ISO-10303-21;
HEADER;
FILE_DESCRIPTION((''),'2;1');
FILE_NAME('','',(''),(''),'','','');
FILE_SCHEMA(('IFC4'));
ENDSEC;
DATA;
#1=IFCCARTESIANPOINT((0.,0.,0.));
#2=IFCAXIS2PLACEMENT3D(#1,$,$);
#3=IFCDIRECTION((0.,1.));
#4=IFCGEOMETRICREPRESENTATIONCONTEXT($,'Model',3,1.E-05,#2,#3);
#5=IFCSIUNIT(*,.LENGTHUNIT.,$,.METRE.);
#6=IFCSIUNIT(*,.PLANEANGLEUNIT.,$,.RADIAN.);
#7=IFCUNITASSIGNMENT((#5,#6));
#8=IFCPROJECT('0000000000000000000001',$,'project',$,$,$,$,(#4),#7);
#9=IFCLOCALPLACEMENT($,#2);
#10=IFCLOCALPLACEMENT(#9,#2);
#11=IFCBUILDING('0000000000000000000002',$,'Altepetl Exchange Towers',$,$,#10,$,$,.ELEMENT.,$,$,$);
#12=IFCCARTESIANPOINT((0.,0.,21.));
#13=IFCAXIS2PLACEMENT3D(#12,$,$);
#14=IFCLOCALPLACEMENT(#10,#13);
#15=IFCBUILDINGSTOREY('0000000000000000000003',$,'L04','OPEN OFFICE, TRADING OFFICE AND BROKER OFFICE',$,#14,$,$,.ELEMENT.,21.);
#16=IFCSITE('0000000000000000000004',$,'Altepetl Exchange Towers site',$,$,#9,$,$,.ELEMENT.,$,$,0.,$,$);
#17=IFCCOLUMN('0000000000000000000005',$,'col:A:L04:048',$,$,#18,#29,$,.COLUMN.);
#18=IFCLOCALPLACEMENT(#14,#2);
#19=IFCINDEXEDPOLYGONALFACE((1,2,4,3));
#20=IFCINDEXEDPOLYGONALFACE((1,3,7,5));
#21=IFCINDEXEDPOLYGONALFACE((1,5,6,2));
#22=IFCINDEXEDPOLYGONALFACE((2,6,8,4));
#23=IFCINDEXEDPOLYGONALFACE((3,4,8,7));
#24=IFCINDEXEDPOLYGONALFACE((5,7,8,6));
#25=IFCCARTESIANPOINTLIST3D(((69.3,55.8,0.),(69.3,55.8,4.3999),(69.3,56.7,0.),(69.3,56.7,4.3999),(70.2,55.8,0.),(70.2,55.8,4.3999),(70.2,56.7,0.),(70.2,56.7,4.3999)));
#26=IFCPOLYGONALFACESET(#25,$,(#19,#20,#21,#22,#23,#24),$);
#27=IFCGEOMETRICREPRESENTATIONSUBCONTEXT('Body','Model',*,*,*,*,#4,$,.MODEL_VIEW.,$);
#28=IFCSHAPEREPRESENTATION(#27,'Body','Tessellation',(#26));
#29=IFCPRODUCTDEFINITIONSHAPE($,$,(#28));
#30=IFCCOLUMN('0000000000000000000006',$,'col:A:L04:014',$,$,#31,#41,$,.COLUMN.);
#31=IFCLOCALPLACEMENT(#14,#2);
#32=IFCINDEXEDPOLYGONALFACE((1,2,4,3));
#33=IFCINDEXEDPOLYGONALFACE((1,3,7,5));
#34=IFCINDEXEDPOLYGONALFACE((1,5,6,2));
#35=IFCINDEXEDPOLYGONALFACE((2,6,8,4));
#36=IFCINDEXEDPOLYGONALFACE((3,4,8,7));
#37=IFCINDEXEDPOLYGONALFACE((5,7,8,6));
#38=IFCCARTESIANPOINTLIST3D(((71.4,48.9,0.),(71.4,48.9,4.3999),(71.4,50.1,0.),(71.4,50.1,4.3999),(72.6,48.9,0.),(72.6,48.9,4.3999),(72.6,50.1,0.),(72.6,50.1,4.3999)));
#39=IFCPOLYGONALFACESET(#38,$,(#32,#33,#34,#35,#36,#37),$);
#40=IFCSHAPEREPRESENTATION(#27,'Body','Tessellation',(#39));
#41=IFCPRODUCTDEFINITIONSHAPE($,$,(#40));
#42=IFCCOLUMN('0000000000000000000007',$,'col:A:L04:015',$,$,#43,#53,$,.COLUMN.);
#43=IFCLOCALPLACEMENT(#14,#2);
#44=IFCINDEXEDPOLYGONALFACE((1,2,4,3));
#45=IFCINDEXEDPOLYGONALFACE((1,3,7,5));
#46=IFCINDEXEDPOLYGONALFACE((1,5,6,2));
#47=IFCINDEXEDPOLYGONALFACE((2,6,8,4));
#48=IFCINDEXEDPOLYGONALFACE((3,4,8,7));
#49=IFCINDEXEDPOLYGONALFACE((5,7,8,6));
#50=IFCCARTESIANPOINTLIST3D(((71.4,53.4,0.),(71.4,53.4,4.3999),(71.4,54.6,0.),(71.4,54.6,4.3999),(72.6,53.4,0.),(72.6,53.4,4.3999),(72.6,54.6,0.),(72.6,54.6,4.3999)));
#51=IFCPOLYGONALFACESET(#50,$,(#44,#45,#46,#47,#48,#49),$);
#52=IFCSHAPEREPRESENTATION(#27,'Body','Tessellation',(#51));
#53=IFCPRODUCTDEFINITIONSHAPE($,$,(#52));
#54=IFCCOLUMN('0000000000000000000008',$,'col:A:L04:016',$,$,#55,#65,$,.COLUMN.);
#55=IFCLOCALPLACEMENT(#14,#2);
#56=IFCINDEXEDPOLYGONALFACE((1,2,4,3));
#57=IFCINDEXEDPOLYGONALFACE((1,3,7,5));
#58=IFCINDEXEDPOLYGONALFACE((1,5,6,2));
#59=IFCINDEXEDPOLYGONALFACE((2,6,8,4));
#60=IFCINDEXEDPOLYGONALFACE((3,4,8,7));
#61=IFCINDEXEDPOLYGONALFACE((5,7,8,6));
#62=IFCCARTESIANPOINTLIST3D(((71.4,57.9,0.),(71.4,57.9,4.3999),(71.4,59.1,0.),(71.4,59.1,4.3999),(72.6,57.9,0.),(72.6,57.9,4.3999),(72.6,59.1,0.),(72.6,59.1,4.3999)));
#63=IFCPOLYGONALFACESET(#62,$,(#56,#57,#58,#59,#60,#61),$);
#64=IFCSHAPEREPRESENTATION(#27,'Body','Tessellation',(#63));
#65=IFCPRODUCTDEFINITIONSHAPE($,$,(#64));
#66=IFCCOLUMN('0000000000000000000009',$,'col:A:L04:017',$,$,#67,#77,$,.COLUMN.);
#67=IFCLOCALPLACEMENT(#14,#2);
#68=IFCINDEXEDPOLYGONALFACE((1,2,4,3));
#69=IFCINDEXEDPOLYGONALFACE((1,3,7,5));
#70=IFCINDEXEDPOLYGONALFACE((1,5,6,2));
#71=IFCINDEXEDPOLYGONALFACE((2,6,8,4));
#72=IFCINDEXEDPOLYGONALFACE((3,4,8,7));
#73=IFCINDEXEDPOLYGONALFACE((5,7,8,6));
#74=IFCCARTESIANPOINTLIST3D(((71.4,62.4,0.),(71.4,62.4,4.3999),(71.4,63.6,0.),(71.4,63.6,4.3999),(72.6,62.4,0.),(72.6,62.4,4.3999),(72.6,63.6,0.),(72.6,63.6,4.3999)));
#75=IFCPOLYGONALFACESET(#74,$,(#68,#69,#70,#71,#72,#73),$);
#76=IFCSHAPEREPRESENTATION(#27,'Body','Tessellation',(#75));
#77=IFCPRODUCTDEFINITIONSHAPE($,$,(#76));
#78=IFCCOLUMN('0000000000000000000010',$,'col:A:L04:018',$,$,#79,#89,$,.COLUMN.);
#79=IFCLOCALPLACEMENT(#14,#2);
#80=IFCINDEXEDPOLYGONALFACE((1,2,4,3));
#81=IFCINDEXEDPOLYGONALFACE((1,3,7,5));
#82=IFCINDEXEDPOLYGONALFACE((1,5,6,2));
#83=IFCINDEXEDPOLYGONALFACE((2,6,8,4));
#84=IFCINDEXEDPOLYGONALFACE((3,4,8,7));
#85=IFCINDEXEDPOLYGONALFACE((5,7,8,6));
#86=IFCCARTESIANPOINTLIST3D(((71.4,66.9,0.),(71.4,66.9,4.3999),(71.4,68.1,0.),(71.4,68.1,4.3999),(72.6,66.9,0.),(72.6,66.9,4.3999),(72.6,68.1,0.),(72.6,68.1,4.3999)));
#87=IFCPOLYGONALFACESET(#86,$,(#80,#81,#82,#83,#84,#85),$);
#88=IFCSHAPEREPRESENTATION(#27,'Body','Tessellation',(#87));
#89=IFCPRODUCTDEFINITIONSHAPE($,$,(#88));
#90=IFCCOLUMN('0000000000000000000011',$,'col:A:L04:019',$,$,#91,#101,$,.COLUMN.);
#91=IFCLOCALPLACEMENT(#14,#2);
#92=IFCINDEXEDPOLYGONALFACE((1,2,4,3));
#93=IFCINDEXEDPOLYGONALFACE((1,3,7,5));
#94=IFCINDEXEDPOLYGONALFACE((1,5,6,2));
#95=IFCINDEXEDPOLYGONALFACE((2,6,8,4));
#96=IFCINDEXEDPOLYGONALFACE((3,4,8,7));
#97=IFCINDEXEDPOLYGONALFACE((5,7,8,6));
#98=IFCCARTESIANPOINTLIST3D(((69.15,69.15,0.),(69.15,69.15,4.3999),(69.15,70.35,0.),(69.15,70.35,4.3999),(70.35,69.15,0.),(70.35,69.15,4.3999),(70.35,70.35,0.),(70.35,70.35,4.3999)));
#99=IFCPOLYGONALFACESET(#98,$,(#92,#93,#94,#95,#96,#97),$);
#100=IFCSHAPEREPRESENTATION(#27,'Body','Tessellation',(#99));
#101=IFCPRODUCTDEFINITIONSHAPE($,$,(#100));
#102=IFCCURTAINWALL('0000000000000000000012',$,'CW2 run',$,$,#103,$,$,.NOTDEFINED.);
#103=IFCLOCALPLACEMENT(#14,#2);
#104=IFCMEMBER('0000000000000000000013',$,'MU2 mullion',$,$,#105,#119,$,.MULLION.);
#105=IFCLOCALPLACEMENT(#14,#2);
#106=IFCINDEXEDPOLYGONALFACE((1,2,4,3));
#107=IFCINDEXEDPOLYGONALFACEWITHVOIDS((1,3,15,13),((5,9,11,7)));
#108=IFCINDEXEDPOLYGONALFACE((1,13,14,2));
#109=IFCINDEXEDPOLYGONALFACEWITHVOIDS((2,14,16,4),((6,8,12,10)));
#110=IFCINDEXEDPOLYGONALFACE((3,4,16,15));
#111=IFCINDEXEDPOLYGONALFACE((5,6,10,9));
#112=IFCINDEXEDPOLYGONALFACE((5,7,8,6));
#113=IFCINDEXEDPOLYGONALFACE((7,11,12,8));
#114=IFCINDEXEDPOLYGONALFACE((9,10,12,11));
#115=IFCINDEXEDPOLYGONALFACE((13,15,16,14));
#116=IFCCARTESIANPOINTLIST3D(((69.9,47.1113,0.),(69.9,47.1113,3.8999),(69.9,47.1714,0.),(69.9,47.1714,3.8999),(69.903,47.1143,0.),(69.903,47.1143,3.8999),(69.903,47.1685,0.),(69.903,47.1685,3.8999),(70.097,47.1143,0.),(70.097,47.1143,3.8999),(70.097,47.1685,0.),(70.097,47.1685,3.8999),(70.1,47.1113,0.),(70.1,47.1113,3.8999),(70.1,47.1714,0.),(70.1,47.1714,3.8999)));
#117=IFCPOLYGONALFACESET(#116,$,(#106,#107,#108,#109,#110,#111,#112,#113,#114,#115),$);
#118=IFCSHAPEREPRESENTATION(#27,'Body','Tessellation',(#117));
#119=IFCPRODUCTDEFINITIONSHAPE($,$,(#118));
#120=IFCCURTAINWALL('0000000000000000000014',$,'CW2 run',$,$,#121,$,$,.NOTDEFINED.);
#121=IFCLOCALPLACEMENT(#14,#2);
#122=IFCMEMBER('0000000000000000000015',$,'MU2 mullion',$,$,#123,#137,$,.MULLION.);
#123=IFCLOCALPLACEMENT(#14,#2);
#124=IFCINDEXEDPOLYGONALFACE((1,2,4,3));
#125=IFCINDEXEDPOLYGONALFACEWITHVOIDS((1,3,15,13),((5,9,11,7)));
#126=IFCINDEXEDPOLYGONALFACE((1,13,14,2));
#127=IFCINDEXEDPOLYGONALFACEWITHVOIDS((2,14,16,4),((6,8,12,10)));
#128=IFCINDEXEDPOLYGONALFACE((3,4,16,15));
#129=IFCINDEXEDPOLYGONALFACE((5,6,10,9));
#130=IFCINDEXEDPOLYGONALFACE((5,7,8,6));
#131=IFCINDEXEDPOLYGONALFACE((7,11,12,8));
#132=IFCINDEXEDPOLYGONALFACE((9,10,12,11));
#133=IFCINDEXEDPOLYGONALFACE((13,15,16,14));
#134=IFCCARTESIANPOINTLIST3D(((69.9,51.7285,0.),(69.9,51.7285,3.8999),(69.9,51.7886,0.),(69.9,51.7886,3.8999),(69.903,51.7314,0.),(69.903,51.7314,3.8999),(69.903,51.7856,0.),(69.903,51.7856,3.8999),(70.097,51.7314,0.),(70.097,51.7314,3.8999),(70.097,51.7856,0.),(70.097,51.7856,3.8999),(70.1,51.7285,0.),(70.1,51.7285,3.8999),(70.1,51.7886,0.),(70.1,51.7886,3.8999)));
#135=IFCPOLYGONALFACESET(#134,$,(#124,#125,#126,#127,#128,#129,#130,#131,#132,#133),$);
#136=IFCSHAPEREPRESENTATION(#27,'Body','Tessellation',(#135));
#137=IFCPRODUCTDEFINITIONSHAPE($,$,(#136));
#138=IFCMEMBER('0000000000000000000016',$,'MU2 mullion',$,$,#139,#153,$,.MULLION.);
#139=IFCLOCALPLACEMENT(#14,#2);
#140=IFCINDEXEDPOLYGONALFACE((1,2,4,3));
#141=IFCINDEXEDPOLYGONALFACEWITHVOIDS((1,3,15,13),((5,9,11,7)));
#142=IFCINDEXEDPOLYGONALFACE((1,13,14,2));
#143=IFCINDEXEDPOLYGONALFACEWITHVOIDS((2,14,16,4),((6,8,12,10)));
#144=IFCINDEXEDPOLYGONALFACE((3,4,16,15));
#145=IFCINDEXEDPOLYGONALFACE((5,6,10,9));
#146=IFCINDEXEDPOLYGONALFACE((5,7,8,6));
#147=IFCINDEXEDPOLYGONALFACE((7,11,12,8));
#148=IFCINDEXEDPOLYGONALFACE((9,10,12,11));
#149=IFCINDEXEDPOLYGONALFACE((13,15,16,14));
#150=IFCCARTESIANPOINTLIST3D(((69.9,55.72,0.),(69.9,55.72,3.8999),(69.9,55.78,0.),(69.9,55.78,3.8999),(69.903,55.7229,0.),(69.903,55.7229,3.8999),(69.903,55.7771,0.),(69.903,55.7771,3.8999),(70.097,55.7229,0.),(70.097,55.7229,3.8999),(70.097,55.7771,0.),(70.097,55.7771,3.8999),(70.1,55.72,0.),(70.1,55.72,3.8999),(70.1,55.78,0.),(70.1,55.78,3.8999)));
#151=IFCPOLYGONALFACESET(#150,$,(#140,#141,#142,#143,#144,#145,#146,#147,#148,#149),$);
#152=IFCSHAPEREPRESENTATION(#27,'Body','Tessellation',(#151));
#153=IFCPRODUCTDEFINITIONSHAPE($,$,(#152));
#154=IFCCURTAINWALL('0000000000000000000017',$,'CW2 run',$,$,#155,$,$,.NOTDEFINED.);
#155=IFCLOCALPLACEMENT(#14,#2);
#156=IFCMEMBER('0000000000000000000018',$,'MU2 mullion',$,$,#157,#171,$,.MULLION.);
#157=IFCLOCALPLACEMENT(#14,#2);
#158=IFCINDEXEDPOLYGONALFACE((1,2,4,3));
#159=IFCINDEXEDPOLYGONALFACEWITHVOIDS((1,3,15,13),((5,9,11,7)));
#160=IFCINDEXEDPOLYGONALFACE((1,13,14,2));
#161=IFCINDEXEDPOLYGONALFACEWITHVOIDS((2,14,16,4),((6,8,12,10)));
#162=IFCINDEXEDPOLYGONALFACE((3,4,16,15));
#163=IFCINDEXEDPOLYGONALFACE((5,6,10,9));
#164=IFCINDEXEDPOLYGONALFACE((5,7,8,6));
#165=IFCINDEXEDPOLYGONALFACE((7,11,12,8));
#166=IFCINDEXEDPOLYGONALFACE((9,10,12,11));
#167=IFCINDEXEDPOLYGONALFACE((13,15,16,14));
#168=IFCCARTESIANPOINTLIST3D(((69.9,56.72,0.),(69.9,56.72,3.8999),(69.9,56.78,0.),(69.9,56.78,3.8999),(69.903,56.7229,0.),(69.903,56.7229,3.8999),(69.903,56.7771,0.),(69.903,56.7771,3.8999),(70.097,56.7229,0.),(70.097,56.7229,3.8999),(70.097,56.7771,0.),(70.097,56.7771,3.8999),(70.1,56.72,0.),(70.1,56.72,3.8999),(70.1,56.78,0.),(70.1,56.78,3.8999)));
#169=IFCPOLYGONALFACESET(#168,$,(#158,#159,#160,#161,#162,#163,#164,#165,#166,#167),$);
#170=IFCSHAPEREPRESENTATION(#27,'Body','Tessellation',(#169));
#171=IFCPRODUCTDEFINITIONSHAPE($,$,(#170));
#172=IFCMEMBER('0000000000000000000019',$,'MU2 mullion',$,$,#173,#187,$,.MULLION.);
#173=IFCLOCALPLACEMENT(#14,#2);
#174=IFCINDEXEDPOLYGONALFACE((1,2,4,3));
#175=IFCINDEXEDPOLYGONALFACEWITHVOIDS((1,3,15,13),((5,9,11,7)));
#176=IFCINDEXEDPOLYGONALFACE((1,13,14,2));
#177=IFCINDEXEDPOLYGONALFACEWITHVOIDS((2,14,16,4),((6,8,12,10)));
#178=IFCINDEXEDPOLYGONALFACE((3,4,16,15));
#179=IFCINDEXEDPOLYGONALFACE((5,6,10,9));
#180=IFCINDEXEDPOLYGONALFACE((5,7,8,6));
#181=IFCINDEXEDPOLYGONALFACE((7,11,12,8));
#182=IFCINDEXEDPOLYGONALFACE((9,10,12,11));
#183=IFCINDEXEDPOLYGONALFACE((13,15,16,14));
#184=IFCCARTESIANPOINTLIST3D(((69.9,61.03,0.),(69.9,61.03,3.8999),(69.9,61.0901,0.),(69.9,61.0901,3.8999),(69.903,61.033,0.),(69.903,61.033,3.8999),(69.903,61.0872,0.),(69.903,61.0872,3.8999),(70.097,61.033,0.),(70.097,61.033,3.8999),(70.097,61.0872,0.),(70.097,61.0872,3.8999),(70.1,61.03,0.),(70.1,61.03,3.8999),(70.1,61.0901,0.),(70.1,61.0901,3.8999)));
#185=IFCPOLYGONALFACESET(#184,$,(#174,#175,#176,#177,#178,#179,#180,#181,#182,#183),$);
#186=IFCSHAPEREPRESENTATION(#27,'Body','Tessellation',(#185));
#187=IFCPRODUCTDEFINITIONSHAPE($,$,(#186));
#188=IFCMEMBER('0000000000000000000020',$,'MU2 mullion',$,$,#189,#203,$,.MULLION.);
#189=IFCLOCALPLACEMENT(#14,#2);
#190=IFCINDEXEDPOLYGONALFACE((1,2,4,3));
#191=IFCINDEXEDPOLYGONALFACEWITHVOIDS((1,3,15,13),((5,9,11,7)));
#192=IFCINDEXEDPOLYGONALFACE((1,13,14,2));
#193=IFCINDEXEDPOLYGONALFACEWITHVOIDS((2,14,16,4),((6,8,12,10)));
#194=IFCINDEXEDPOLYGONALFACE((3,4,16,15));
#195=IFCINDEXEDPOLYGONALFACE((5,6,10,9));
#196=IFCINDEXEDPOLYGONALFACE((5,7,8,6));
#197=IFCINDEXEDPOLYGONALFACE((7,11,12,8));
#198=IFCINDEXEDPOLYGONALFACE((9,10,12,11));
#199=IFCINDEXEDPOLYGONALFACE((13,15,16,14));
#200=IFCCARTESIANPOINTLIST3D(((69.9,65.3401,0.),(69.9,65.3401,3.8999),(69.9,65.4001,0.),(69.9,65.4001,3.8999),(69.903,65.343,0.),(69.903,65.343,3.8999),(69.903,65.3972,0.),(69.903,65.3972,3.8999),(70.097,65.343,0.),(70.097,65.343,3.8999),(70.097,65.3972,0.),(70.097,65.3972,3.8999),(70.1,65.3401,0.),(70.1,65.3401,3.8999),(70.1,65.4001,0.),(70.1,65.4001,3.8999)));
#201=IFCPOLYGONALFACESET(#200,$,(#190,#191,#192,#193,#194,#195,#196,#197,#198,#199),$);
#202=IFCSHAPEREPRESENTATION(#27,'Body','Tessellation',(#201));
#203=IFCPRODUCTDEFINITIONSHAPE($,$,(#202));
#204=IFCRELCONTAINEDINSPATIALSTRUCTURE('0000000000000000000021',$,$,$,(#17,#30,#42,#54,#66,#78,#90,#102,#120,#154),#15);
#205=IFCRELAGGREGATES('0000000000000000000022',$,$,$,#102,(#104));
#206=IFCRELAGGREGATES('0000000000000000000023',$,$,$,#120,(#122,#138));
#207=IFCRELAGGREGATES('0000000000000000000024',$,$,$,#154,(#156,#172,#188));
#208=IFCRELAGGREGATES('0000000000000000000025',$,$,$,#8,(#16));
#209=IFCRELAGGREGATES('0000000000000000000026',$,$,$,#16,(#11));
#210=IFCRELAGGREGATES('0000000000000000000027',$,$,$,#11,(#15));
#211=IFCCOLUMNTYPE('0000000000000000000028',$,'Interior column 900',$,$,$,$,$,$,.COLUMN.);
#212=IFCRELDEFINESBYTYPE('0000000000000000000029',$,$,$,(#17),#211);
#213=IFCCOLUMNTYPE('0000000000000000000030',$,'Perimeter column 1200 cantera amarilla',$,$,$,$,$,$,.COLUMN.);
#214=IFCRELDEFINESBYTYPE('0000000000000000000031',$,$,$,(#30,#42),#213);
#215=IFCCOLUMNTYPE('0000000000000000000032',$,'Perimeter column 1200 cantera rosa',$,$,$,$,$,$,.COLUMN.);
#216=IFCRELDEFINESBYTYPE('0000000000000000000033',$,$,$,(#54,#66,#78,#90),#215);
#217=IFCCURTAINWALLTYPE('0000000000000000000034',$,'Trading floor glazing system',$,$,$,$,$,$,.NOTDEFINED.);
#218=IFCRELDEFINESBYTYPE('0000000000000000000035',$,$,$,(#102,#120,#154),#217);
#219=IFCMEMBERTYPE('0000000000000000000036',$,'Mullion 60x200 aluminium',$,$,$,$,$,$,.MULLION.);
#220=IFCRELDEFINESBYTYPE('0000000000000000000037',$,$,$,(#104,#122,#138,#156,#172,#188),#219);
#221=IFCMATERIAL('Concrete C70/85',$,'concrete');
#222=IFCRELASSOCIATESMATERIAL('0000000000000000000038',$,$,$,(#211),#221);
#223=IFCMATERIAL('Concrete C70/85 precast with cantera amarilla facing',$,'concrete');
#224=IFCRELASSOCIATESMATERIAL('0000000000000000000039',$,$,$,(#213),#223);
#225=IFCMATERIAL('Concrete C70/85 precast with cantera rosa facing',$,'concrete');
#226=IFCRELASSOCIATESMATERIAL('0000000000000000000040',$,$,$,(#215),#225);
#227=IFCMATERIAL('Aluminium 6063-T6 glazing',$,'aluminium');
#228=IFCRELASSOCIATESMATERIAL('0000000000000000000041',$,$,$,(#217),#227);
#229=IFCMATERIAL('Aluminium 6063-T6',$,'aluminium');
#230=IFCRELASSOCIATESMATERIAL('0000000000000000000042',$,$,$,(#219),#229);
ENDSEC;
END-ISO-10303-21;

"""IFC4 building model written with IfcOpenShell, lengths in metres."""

from ifc_helpers import new_model, si_unit, direction, frame, origin, origin_2d, place, context, subcontext, project, spatial, rectangle, hollow_rectangle, extrude, material, material_profile, profile_set, type_object, element, aggregate, save


model = new_model("IFC4")

# Units and contexts
model_context = context("Model", 3, precision=1e-05, world=origin(), true_north=direction((0.0, 1.0)))
body_context = subcontext(model_context, "Body", "Model", "MODEL_VIEW")
ifc_project = project(units=[si_unit("LENGTHUNIT", "METRE"), si_unit("PLANEANGLEUNIT", "RADIAN")], contexts=[model_context])

# Site, building, storey
site_placement = place(None, origin())
site = spatial("IfcSite", under=ifc_project, at=site_placement, Name="Altepetl Exchange Towers site", CompositionType="ELEMENT", RefElevation=0.0)
building_placement = place(site_placement, origin())
building = spatial("IfcBuilding", under=site, at=building_placement, Name="Altepetl Exchange Towers", CompositionType="ELEMENT")
storey_placement = place(building_placement, frame((0.0, 0.0, 21.0)))
storey = spatial("IfcBuildingStorey", under=building, at=storey_placement, Name="L04", Description="OPEN OFFICE, TRADING OFFICE AND BROKER OFFICE", CompositionType="ELEMENT", Elevation=21.0)

# Columns
ifc_material_1 = material(Name="Concrete C70/85", Category="concrete")
ifc_material_profile_1 = material_profile(ifc_material_1, rectangle(XDim=0.8999, YDim=0.8999, at=origin_2d()), Name="900 x 900")
ifc_profile_set_1 = profile_set([ifc_material_profile_1], Name="Concrete C70/85")
column_type_1 = type_object("IfcColumnType", Name="Interior column 900", PredefinedType="COLUMN", material=ifc_profile_set_1)
column_placement = place(storey_placement, frame((69.75, 56.25, 0.0)))
element("IfcColumn", 1, at=column_placement, inside=storey, type_object=column_type_1, Name="col:A:L04:048", PredefinedType="COLUMN", context=body_context, shape_type="SweptSolid", body=[
    extrude(rectangle(XDim=0.8999, YDim=0.8999, at=origin_2d()), origin(), (0.0, 0.0, 1.0), 4.3999),
])
ifc_material_2 = material(Name="Concrete C70/85 precast with cantera amarilla facing", Category="concrete")
ifc_material_profile_2 = material_profile(ifc_material_2, rectangle(XDim=1.2, YDim=1.2, at=origin_2d()), Name="1200 x 1200")
ifc_profile_set_2 = profile_set([ifc_material_profile_2], Name="Concrete C70/85 precast with cantera amarilla facing")
column_type_2 = type_object("IfcColumnType", Name="Perimeter column 1200 cantera amarilla", PredefinedType="COLUMN", material=ifc_profile_set_2)
for number, where, name in (
    (2, (72.0, 49.5, 0.0), "col:A:L04:014"),
    (3, (72.0, 54.0, 0.0), "col:A:L04:015"),
):
    element("IfcColumn", number, at=place(storey_placement, frame(where)), inside=storey, type_object=column_type_2, Name=name, PredefinedType="COLUMN", context=body_context, shape_type="SweptSolid", body=[
        extrude(rectangle(XDim=1.2, YDim=1.2, at=origin_2d()), origin(), (0.0, 0.0, 1.0), 4.3999),
    ])
ifc_material_3 = material(Name="Concrete C70/85 precast with cantera rosa facing", Category="concrete")
ifc_material_profile_3 = material_profile(ifc_material_3, rectangle(XDim=1.2, YDim=1.2, at=origin_2d()), Name="1200 x 1200")
ifc_profile_set_3 = profile_set([ifc_material_profile_3], Name="Concrete C70/85 precast with cantera rosa facing")
column_type_3 = type_object("IfcColumnType", Name="Perimeter column 1200 cantera rosa", PredefinedType="COLUMN", material=ifc_profile_set_3)
for number, where, name in (
    (4, (72.0, 58.5, 0.0), "col:A:L04:016"),
    (5, (72.0, 63.0, 0.0), "col:A:L04:017"),
    (6, (72.0, 67.5, 0.0), "col:A:L04:018"),
    (7, (69.75, 69.75, 0.0), "col:A:L04:019"),
):
    element("IfcColumn", number, at=place(storey_placement, frame(where)), inside=storey, type_object=column_type_3, Name=name, PredefinedType="COLUMN", context=body_context, shape_type="SweptSolid", body=[
        extrude(rectangle(XDim=1.2, YDim=1.2, at=origin_2d()), origin(), (0.0, 0.0, 1.0), 4.3999),
    ])

# Curtain wall, member
ifc_material_4 = material(Name="Aluminium 6063-T6 glazing", Category="aluminium")
curtain_wall_type = type_object("IfcCurtainWallType", Name="Trading floor glazing system", PredefinedType="NOTDEFINED", material=ifc_material_4)
curtain_wall_1_placement = place(storey_placement, origin())
curtain_wall_1 = element("IfcCurtainWall", 8, at=curtain_wall_1_placement, inside=storey, type_object=curtain_wall_type, Name="CW2 run", PredefinedType="NOTDEFINED")
ifc_material_5 = material(Name="Aluminium 6063-T6", Category="aluminium")
ifc_material_profile_4 = material_profile(ifc_material_5, hollow_rectangle(XDim=0.0601, YDim=0.2, WallThickness=0.0029, at=origin_2d()), Name="Mullion 60x200 aluminium")
ifc_profile_set_4 = profile_set([ifc_material_profile_4], Name="Aluminium 6063-T6")
member_type = type_object("IfcMemberType", Name="Mullion 60x200 aluminium", PredefinedType="MULLION", material=ifc_profile_set_4)
member_1_placement = place(storey_placement, frame((70.0, 47.1414, 0.0), z_axis=(0.0, 0.0, 1.0), x_axis=(0.0, 1.0, 0.0)))
member_1 = element("IfcMember", 9, at=member_1_placement, type_object=member_type, Name="MU2 mullion", PredefinedType="MULLION", context=body_context, shape_type="SweptSolid", body=[
    extrude(hollow_rectangle(XDim=0.0601, YDim=0.2, WallThickness=0.0029, at=origin_2d()), origin(), (0.0, 0.0, 1.0), 3.8999),
])
aggregate(curtain_wall_1, [member_1])

# Curtain walls, members
curtain_wall_2_placement = place(storey_placement, origin())
curtain_wall_2 = element("IfcCurtainWall", 10, at=curtain_wall_2_placement, inside=storey, type_object=curtain_wall_type, Name="CW2 run", PredefinedType="NOTDEFINED")
member_2_placement = place(storey_placement, frame((70.0, 51.7585, 0.0), z_axis=(0.0, 0.0, 1.0), x_axis=(0.0, 1.0, 0.0)))
member_2 = element("IfcMember", 11, at=member_2_placement, type_object=member_type, Name="MU2 mullion", PredefinedType="MULLION", context=body_context, shape_type="SweptSolid", body=[
    extrude(hollow_rectangle(XDim=0.0601, YDim=0.2, WallThickness=0.0029, at=origin_2d()), origin(), (0.0, 0.0, 1.0), 3.8999),
])
member_3_placement = place(storey_placement, frame((70.0, 55.75, 0.0), z_axis=(0.0, 0.0, 1.0), x_axis=(0.0, 1.0, 0.0)))
member_3 = element("IfcMember", 12, at=member_3_placement, type_object=member_type, Name="MU2 mullion", PredefinedType="MULLION", context=body_context, shape_type="SweptSolid", body=[
    extrude(hollow_rectangle(XDim=0.0601, YDim=0.2, WallThickness=0.0029, at=origin_2d()), origin(), (0.0, 0.0, 1.0), 3.8999),
])
curtain_wall_3_placement = place(storey_placement, origin())
curtain_wall_3 = element("IfcCurtainWall", 13, at=curtain_wall_3_placement, inside=storey, type_object=curtain_wall_type, Name="CW2 run", PredefinedType="NOTDEFINED")
member_4_placement = place(storey_placement, frame((70.0, 56.75, 0.0), z_axis=(0.0, 0.0, 1.0), x_axis=(0.0, 1.0, 0.0)))
member_4 = element("IfcMember", 14, at=member_4_placement, type_object=member_type, Name="MU2 mullion", PredefinedType="MULLION", context=body_context, shape_type="SweptSolid", body=[
    extrude(hollow_rectangle(XDim=0.0601, YDim=0.2, WallThickness=0.0029, at=origin_2d()), origin(), (0.0, 0.0, 1.0), 3.8999),
])
member_5_placement = place(storey_placement, frame((70.0, 61.0601, 0.0), z_axis=(0.0, 0.0, 1.0), x_axis=(0.0, 1.0, 0.0)))
member_5 = element("IfcMember", 15, at=member_5_placement, type_object=member_type, Name="MU2 mullion", PredefinedType="MULLION", context=body_context, shape_type="SweptSolid", body=[
    extrude(hollow_rectangle(XDim=0.0601, YDim=0.2, WallThickness=0.0029, at=origin_2d()), origin(), (0.0, 0.0, 1.0), 3.8999),
])
member_6_placement = place(storey_placement, frame((70.0, 65.3701, 0.0), z_axis=(0.0, 0.0, 1.0), x_axis=(0.0, 1.0, 0.0)))
member_6 = element("IfcMember", 16, at=member_6_placement, type_object=member_type, Name="MU2 mullion", PredefinedType="MULLION", context=body_context, shape_type="SweptSolid", body=[
    extrude(hollow_rectangle(XDim=0.0601, YDim=0.2, WallThickness=0.0029, at=origin_2d()), origin(), (0.0, 0.0, 1.0), 3.8999),
])

aggregate(curtain_wall_2, [member_2, member_3])
aggregate(curtain_wall_3, [member_4, member_5, member_6])

save(model, "model.ifc")
